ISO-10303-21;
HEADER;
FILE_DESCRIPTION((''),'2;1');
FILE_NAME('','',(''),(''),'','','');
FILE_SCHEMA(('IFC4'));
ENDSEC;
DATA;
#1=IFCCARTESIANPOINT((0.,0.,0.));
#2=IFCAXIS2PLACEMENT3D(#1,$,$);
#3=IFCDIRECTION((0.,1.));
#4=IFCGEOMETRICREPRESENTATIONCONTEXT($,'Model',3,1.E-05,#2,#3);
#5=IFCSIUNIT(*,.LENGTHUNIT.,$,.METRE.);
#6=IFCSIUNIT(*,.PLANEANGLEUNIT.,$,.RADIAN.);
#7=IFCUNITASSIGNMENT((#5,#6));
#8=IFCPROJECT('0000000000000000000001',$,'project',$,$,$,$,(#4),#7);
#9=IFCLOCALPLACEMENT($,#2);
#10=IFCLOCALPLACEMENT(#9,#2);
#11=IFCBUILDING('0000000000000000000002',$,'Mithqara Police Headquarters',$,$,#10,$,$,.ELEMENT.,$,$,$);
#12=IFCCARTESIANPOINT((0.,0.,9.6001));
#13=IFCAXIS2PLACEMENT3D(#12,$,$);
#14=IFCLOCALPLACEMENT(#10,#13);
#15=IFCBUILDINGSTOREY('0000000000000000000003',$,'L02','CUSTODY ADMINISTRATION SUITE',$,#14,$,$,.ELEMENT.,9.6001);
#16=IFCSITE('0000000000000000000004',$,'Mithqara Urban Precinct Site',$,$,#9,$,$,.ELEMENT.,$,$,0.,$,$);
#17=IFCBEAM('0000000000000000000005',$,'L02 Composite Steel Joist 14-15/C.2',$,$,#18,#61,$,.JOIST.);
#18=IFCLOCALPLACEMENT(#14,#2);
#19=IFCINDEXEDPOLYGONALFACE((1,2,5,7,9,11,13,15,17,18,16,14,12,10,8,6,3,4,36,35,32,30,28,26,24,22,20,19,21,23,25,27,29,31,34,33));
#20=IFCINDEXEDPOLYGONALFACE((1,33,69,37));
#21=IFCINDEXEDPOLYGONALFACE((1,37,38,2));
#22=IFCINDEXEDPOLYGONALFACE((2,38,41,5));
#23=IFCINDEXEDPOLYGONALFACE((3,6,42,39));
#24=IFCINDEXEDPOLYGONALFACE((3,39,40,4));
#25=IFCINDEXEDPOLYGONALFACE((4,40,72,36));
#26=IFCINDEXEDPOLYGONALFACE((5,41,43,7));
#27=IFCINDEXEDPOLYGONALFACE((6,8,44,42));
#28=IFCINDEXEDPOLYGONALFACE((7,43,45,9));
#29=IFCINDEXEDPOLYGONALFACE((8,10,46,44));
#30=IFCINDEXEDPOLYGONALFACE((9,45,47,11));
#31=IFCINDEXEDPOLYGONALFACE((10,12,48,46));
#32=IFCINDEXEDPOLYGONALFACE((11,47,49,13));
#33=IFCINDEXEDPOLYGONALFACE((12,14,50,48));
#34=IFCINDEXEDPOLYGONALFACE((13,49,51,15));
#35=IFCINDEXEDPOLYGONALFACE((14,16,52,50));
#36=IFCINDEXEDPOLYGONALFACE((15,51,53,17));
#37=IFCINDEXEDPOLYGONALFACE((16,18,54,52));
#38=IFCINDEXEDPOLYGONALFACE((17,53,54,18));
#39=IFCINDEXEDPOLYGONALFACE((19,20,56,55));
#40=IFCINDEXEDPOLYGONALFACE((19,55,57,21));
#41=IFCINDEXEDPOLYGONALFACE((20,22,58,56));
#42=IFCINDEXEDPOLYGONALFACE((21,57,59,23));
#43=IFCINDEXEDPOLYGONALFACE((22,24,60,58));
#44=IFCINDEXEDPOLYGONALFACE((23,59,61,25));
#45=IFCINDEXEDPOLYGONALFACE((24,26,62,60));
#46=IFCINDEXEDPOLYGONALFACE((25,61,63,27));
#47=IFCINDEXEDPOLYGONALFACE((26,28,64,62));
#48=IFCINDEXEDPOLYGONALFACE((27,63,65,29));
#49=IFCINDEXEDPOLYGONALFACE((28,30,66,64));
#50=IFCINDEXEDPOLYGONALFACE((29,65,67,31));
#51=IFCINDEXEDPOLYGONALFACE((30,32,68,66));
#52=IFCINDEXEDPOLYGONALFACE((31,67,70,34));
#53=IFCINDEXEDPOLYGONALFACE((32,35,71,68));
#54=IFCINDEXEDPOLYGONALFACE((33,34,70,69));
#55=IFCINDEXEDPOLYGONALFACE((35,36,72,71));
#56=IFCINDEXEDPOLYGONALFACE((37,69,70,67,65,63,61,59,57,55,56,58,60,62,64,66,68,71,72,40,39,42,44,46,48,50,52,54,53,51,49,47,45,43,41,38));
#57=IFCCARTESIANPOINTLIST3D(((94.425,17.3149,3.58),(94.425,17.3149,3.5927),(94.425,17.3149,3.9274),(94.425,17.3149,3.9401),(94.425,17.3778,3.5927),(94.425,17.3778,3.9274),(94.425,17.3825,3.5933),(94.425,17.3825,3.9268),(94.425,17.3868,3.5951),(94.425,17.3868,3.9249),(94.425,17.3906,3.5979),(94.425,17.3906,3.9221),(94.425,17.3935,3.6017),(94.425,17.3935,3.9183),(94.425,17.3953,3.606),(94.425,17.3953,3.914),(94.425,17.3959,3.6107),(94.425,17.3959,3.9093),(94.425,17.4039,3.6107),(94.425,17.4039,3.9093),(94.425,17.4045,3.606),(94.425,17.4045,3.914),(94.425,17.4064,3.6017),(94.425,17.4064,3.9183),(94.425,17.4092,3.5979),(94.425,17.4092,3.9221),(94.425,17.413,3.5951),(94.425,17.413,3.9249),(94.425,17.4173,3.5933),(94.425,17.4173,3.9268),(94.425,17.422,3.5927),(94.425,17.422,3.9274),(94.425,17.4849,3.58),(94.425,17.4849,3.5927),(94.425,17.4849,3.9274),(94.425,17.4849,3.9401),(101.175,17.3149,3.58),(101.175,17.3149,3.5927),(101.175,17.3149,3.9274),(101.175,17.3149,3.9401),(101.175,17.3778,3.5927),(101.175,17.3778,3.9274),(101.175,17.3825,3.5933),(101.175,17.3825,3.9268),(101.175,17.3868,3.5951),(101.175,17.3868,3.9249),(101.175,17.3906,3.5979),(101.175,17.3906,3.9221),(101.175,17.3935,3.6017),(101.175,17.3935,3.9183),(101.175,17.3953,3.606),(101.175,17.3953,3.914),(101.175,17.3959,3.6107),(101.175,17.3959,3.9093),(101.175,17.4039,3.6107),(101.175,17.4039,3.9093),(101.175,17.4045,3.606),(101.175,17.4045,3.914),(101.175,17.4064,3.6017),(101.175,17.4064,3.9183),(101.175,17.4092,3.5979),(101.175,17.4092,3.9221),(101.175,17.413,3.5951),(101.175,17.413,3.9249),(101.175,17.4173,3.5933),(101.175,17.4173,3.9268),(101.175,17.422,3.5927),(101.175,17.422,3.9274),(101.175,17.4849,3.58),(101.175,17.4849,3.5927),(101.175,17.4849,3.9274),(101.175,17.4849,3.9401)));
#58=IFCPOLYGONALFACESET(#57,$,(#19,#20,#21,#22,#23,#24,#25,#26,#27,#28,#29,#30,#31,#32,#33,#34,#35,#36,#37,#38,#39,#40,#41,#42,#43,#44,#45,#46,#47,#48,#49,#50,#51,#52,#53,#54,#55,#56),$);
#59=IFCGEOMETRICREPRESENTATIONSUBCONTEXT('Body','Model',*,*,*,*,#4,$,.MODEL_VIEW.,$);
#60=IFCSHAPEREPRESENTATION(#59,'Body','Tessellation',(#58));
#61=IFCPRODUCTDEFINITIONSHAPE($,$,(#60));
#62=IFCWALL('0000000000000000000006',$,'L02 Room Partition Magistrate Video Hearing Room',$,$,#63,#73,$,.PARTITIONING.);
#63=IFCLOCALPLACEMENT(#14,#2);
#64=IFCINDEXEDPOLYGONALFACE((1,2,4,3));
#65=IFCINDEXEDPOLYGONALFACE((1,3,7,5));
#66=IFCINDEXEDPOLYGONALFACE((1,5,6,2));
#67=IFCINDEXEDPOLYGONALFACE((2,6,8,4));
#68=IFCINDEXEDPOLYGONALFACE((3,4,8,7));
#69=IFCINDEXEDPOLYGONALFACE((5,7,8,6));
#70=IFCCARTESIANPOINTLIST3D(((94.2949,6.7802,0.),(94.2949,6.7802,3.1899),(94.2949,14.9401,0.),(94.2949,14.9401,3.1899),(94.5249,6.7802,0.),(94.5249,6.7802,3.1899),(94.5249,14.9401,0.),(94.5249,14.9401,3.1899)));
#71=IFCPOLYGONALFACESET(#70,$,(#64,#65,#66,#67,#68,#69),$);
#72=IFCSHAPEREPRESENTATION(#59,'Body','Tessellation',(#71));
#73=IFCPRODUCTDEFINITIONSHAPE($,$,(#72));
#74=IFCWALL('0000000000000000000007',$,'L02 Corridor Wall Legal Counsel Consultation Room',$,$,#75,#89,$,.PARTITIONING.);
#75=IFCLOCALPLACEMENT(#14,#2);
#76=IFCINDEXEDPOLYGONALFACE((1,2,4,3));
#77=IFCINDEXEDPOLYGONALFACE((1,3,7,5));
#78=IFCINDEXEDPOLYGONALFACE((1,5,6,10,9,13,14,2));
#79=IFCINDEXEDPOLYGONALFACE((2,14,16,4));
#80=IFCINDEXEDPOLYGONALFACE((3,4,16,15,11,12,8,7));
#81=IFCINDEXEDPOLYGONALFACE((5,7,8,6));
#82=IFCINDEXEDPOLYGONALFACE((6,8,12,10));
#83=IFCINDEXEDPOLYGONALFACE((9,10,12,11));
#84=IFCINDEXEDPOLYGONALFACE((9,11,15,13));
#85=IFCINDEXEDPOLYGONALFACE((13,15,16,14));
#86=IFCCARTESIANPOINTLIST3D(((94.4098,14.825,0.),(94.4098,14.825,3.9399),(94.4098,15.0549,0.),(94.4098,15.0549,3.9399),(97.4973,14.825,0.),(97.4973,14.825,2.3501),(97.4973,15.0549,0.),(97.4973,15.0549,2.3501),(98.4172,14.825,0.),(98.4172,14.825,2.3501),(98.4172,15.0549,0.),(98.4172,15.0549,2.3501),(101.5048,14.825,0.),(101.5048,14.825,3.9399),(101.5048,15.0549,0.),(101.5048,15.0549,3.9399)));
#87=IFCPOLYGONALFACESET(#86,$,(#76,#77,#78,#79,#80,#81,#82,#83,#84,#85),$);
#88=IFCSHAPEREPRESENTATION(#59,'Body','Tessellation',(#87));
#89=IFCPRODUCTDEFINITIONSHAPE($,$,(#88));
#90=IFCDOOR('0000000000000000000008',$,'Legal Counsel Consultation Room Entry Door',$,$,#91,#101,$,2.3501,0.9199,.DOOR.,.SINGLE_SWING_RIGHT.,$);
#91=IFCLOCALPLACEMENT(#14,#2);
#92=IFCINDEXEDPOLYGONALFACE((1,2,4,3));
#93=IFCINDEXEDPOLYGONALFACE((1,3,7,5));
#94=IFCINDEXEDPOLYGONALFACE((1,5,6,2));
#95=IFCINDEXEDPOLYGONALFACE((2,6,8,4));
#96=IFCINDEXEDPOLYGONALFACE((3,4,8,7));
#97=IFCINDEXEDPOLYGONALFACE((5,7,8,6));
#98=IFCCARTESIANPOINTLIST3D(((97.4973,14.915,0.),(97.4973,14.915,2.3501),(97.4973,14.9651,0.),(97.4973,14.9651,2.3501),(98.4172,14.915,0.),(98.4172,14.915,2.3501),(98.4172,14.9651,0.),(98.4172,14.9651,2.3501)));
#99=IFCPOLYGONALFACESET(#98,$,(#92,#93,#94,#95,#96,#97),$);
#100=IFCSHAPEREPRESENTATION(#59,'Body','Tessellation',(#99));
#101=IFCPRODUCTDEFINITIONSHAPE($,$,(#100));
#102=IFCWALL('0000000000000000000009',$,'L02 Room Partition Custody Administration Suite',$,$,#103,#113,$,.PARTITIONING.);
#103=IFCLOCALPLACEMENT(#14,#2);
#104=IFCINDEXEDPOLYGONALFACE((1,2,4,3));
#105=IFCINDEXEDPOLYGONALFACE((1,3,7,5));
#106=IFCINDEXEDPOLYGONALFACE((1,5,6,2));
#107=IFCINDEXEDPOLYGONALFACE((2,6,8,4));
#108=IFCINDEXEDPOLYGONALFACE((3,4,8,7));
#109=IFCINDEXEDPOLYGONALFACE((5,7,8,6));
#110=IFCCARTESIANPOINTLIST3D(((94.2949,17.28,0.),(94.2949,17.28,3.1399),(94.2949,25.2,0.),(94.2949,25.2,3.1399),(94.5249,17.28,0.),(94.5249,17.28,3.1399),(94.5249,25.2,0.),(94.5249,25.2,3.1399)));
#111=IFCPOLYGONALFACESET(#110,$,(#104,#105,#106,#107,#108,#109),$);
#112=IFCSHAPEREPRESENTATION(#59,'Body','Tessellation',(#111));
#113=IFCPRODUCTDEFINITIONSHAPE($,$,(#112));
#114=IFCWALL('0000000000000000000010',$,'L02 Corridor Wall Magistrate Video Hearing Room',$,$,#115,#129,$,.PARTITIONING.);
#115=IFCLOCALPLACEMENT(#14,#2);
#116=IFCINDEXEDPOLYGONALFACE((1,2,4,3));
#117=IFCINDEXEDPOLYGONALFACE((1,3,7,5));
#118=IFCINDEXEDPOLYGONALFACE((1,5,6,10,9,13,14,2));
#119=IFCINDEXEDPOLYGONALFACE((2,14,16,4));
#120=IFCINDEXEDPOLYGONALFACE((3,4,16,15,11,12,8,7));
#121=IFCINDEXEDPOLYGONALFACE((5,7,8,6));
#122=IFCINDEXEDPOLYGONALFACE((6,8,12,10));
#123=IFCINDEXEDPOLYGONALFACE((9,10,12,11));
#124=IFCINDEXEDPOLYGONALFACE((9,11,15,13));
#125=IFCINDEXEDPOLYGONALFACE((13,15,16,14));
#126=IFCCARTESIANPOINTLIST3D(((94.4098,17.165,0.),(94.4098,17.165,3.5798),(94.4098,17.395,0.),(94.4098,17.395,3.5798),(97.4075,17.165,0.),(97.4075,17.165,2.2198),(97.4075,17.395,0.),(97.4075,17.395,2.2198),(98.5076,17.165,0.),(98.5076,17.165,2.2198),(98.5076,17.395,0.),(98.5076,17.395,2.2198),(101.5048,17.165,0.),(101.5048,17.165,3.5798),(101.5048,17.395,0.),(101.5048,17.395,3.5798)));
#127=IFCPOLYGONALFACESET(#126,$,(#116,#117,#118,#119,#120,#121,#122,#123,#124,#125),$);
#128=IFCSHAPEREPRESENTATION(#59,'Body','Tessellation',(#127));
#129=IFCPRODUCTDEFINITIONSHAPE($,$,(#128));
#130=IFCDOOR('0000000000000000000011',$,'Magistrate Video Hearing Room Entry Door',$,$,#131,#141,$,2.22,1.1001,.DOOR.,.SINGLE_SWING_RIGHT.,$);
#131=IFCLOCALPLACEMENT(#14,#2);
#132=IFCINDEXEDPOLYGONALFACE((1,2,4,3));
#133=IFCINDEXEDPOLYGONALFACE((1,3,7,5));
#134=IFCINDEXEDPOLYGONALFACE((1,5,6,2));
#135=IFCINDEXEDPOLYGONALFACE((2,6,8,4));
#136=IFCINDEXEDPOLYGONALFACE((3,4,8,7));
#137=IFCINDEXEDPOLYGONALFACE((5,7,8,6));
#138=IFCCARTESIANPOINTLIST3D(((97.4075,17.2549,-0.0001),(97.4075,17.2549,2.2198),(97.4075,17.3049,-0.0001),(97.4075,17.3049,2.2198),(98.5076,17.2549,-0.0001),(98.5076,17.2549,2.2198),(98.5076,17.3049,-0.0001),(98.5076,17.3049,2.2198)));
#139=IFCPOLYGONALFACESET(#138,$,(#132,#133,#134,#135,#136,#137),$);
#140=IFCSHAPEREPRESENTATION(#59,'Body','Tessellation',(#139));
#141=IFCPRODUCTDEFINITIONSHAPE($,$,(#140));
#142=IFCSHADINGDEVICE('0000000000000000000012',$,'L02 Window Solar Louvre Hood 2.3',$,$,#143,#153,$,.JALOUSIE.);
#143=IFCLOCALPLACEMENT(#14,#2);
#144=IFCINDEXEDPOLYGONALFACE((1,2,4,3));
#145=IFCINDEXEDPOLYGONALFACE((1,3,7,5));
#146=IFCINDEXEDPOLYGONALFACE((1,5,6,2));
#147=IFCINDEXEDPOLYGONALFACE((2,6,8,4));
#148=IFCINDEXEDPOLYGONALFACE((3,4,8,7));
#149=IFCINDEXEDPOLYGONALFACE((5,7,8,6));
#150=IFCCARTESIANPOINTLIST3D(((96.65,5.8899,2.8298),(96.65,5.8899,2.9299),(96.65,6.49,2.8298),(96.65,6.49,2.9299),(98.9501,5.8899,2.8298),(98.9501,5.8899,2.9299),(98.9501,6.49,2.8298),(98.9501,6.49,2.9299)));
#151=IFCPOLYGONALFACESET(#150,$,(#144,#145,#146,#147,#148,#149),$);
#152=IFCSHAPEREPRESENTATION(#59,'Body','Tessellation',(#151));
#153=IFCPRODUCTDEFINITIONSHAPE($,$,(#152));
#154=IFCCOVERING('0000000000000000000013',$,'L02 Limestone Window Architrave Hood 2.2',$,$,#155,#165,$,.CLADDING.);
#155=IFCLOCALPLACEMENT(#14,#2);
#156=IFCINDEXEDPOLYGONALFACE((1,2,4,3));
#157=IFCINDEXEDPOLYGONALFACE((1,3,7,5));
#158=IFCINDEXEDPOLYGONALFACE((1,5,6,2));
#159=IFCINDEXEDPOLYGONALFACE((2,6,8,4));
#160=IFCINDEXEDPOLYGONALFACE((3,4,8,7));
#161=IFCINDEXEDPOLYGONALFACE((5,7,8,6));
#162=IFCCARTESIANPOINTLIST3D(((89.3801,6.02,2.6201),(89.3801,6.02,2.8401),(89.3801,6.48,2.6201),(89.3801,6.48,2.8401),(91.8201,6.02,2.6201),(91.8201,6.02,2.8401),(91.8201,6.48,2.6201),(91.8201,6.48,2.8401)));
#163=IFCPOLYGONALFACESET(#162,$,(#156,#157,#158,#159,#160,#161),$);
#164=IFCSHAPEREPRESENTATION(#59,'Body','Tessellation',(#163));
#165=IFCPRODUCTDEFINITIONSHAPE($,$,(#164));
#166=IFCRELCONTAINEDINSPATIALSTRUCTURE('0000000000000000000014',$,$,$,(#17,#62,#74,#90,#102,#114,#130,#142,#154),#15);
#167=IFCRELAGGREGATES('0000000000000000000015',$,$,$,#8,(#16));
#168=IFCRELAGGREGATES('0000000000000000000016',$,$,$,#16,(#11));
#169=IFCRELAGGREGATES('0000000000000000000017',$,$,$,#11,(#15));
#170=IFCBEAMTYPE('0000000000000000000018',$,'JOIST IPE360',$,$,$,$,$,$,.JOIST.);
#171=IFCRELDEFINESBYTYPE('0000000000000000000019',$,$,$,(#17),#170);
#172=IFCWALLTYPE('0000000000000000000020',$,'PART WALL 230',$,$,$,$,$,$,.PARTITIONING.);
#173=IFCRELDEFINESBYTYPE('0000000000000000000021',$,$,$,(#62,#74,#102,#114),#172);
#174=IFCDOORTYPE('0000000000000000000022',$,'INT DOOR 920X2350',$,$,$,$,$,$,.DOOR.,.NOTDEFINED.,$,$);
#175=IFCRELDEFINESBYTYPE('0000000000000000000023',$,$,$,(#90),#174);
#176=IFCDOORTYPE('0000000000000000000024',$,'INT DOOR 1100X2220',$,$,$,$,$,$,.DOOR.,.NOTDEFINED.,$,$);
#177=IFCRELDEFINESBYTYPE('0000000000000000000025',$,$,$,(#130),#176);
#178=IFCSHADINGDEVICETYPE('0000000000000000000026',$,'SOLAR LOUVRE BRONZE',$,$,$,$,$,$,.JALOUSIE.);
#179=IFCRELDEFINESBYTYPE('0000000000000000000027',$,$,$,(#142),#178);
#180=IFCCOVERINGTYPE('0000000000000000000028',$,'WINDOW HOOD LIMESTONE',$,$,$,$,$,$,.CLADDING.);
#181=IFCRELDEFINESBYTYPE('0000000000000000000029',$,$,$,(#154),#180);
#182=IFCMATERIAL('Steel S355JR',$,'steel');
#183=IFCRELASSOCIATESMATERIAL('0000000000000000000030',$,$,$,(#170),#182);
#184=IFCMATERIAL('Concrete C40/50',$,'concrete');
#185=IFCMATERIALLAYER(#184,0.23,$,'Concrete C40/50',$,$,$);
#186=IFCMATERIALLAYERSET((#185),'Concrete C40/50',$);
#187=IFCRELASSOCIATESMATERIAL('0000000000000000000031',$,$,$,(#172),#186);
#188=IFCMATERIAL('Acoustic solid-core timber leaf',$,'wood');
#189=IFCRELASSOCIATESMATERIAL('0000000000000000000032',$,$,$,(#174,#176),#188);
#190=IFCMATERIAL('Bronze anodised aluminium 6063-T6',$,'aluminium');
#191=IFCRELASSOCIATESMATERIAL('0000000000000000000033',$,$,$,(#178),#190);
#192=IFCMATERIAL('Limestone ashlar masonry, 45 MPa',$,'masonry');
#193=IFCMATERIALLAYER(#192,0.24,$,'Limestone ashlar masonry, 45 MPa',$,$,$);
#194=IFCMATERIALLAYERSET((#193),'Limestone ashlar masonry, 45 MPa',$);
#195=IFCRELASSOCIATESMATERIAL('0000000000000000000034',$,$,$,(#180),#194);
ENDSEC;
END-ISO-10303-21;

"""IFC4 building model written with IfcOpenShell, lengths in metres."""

from ifc_helpers import new_model, si_unit, direction, frame, frame_2d, origin, origin_2d, place, context, subcontext, project, spatial, rectangle, i_section, extrude, material, layer, layer_set, material_profile, profile_set, type_object, element, fill, save


model = new_model("IFC4")

# Units and contexts
model_context = context("Model", 3, precision=1e-05, world=origin(), true_north=direction((0.0, 1.0)))
body_context = subcontext(model_context, "Body", "Model", "MODEL_VIEW")
ifc_project = project(units=[si_unit("LENGTHUNIT", "METRE"), si_unit("PLANEANGLEUNIT", "RADIAN")], contexts=[model_context])

# Site, building, storey
site_placement = place(None, origin())
site = spatial("IfcSite", under=ifc_project, at=site_placement, Name="Mithqara Urban Precinct Site", CompositionType="ELEMENT", RefElevation=0.0)
building_placement = place(site_placement, origin())
building = spatial("IfcBuilding", under=site, at=building_placement, Name="Mithqara Police Headquarters", CompositionType="ELEMENT")
storey_placement = place(building_placement, frame((0.0, 0.0, 9.6001)))
storey = spatial("IfcBuildingStorey", under=building, at=storey_placement, Name="L02", Description="CUSTODY ADMINISTRATION SUITE", CompositionType="ELEMENT", Elevation=9.6001)

# Shared definitions
ifc_material_1 = material(Name="Steel S355JR", Category="steel")
ifc_material_2 = material(Name="Concrete C40/50", Category="concrete")

# Shared definitions
ifc_material_3 = material(Name="Bronze anodised aluminium 6063-T6", Category="aluminium")

# Beam
ifc_material_profile_1 = material_profile(ifc_material_1, i_section(OverallWidth=0.1699, OverallDepth=0.3601, WebThickness=0.0081, FlangeThickness=0.0127, FilletRadius=0.0181, at=origin_2d()), Name="IPE 360")
ifc_profile_set_1 = profile_set([ifc_material_profile_1], Name="Steel S355JR")
beam_type_1 = type_object("IfcBeamType", Name="JOIST IPE360", PredefinedType="JOIST", material=ifc_profile_set_1)
beam_1_placement = place(storey_placement, frame((94.425, 17.3999, 3.76), z_axis=(1.0, 0.0, 0.0), x_axis=(0.0, 1.0, 0.0)))
element("IfcBeam", 1, at=beam_1_placement, inside=storey, type_object=beam_type_1, Name="L02 Composite Steel Joist 14-15/C.2", PredefinedType="JOIST", context=body_context, shape_type="SweptSolid", body=[
    extrude(i_section(OverallWidth=0.1699, OverallDepth=0.3601, WebThickness=0.0081, FlangeThickness=0.0127, FilletRadius=0.0181, at=origin_2d()), origin(), (0.0, 0.0, 1.0), 6.75),
])

# Wall
ifc_layer_1 = layer(ifc_material_2, 0.23, Name="Concrete C40/50")
ifc_layer_set_1 = layer_set([ifc_layer_1], Name="Concrete C40/50")
wall_type = type_object("IfcWallType", Name="PART WALL 230", PredefinedType="PARTITIONING", material=ifc_layer_set_1)
wall_1_placement = place(storey_placement, frame((94.4099, 6.78, 0.0), z_axis=(0.0, 0.0, 1.0), x_axis=(0.0, 1.0, 0.0)))
element("IfcWall", 2, at=wall_1_placement, inside=storey, type_object=wall_type, Name="L02 Room Partition Magistrate Video Hearing Room", PredefinedType="PARTITIONING", context=body_context, shape_type="SweptSolid", body=[
    extrude(rectangle(XDim=8.1599, YDim=0.23, at=frame_2d((4.0801, 0.0))), origin(), (0.0, 0.0, 1.0), 3.1899),
])

# Wall, opening, door
wall_2_placement = place(storey_placement, frame((94.4099, 14.9399, 0.0), z_axis=(0.0, 0.0, 1.0), x_axis=(1.0, 0.0, 0.0)))
wall_2 = element("IfcWall", 3, at=wall_2_placement, inside=storey, type_object=wall_type, Name="L02 Corridor Wall Legal Counsel Consultation Room", PredefinedType="PARTITIONING", context=body_context, shape_type="SweptSolid", body=[
    extrude(rectangle(XDim=7.095, YDim=0.23, at=frame_2d((3.5474, 0.0))), origin(), (0.0, 0.0, 1.0), 3.9399),
])
opening_1_placement = place(wall_2_placement, frame((3.0874, 0.0, 0.0)))
opening_1 = element("IfcOpeningElement", 4, at=opening_1_placement, cuts=wall_2, PredefinedType="OPENING", context=body_context, shape_type="SweptSolid", body=[
    extrude(rectangle(XDim=0.9199, YDim=2.3501, at=frame_2d((0.46, 1.175))), frame((0.0, 0.125, 0.0), z_axis=(0.0, -1.0, 0.0), x_axis=(1.0, 0.0, 0.0)), (0.0, 0.0, 1.0), 0.25),
])
ifc_material_4 = material(Name="Acoustic solid-core timber leaf", Category="wood")
door_type_1 = type_object("IfcDoorType", Name="INT DOOR 920X2350", OperationType="NOTDEFINED", PredefinedType="DOOR", material=ifc_material_4)
door_1_placement = place(opening_1_placement, frame((0.9199, 0.0, 0.0), z_axis=(0.0, 0.0, 1.0), x_axis=(-1.0, 0.0, 0.0)))
door_1 = element("IfcDoor", 5, at=door_1_placement, inside=storey, type_object=door_type_1, Name="Legal Counsel Consultation Room Entry Door", OperationType="SINGLE_SWING_RIGHT", OverallHeight=2.3501, OverallWidth=0.9199, PredefinedType="DOOR", context=body_context, shape_type="SweptSolid", body=[
    extrude(rectangle(XDim=0.9199, YDim=2.3501, at=frame_2d((0.46, 1.175))), frame((0.0, 0.0249, 0.0), z_axis=(0.0, -1.0, 0.0), x_axis=(1.0, 0.0, 0.0)), (0.0, 0.0, 1.0), 0.05),
])
fill(opening_1, door_1)

# Wall
wall_3_placement = place(storey_placement, frame((94.4099, 17.28, 0.0), z_axis=(0.0, 0.0, 1.0), x_axis=(0.0, 1.0, 0.0)))
element("IfcWall", 6, at=wall_3_placement, inside=storey, type_object=wall_type, Name="L02 Room Partition Custody Administration Suite", PredefinedType="PARTITIONING", context=body_context, shape_type="SweptSolid", body=[
    extrude(rectangle(XDim=7.9199, YDim=0.23, at=frame_2d((3.96, 0.0))), origin(), (0.0, 0.0, 1.0), 3.1399),
])

# Wall, opening, door
wall_4_placement = place(storey_placement, frame((94.4099, 17.28, 0.0), z_axis=(0.0, 0.0, 1.0), x_axis=(1.0, 0.0, 0.0)))
wall_4 = element("IfcWall", 7, at=wall_4_placement, inside=storey, type_object=wall_type, Name="L02 Corridor Wall Magistrate Video Hearing Room", PredefinedType="PARTITIONING", context=body_context, shape_type="SweptSolid", body=[
    extrude(rectangle(XDim=7.095, YDim=0.23, at=frame_2d((3.5474, 0.0))), origin(), (0.0, 0.0, 1.0), 3.5798),
])
opening_2_placement = place(wall_4_placement, frame((2.9976, 0.0, 0.0)))
opening_2 = element("IfcOpeningElement", 8, at=opening_2_placement, cuts=wall_4, PredefinedType="OPENING", context=body_context, shape_type="SweptSolid", body=[
    extrude(rectangle(XDim=1.1001, YDim=2.22, at=frame_2d((0.55, 1.1099))), frame((0.0, 0.125, 0.0), z_axis=(0.0, -1.0, 0.0), x_axis=(1.0, 0.0, 0.0)), (0.0, 0.0, 1.0), 0.25),
])
door_type_2 = type_object("IfcDoorType", Name="INT DOOR 1100X2220", OperationType="NOTDEFINED", PredefinedType="DOOR", material=ifc_material_4)
door_2_placement = place(opening_2_placement, origin())
door_2 = element("IfcDoor", 9, at=door_2_placement, inside=storey, type_object=door_type_2, Name="Magistrate Video Hearing Room Entry Door", OperationType="SINGLE_SWING_RIGHT", OverallHeight=2.22, OverallWidth=1.1001, PredefinedType="DOOR", context=body_context, shape_type="SweptSolid", body=[
    extrude(rectangle(XDim=1.1001, YDim=2.22, at=frame_2d((0.55, 1.1099))), frame((0.0, 0.0249, 0.0), z_axis=(0.0, -1.0, 0.0), x_axis=(1.0, 0.0, 0.0)), (0.0, 0.0, 1.0), 0.05),
])
fill(opening_2, door_2)

# Shading device
shading_device_type = type_object("IfcShadingDeviceType", Name="SOLAR LOUVRE BRONZE", PredefinedType="JALOUSIE", material=ifc_material_3)
shading_device_placement = place(storey_placement, frame((97.8, 6.1899, 2.8298), z_axis=(0.0, 0.0, 1.0), x_axis=(1.0, 0.0, 0.0)))
element("IfcShadingDevice", 10, at=shading_device_placement, inside=storey, type_object=shading_device_type, Name="L02 Window Solar Louvre Hood 2.3", PredefinedType="JALOUSIE", context=body_context, shape_type="SweptSolid", body=[
    extrude(rectangle(XDim=2.3, YDim=0.6001, at=origin_2d()), origin(), (0.0, 0.0, 1.0), 0.1001),
])

# Covering
ifc_material_5 = material(Name="Limestone ashlar masonry, 45 MPa", Category="masonry")
ifc_layer_2 = layer(ifc_material_5, 0.24, Name="Limestone ashlar masonry, 45 MPa")
ifc_layer_set_2 = layer_set([ifc_layer_2], Name="Limestone ashlar masonry, 45 MPa")
covering_type = type_object("IfcCoveringType", Name="WINDOW HOOD LIMESTONE", PredefinedType="CLADDING", material=ifc_layer_set_2)
covering_placement = place(storey_placement, frame((90.6001, 6.25, 2.6201), z_axis=(0.0, 0.0, 1.0), x_axis=(1.0, 0.0, 0.0)))
element("IfcCovering", 11, at=covering_placement, inside=storey, type_object=covering_type, Name="L02 Limestone Window Architrave Hood 2.2", PredefinedType="CLADDING", context=body_context, shape_type="SweptSolid", body=[
    extrude(rectangle(XDim=2.4399, YDim=0.46, at=origin_2d()), origin(), (0.0, 0.0, 1.0), 0.22),
])

save(model, "model.ifc")
